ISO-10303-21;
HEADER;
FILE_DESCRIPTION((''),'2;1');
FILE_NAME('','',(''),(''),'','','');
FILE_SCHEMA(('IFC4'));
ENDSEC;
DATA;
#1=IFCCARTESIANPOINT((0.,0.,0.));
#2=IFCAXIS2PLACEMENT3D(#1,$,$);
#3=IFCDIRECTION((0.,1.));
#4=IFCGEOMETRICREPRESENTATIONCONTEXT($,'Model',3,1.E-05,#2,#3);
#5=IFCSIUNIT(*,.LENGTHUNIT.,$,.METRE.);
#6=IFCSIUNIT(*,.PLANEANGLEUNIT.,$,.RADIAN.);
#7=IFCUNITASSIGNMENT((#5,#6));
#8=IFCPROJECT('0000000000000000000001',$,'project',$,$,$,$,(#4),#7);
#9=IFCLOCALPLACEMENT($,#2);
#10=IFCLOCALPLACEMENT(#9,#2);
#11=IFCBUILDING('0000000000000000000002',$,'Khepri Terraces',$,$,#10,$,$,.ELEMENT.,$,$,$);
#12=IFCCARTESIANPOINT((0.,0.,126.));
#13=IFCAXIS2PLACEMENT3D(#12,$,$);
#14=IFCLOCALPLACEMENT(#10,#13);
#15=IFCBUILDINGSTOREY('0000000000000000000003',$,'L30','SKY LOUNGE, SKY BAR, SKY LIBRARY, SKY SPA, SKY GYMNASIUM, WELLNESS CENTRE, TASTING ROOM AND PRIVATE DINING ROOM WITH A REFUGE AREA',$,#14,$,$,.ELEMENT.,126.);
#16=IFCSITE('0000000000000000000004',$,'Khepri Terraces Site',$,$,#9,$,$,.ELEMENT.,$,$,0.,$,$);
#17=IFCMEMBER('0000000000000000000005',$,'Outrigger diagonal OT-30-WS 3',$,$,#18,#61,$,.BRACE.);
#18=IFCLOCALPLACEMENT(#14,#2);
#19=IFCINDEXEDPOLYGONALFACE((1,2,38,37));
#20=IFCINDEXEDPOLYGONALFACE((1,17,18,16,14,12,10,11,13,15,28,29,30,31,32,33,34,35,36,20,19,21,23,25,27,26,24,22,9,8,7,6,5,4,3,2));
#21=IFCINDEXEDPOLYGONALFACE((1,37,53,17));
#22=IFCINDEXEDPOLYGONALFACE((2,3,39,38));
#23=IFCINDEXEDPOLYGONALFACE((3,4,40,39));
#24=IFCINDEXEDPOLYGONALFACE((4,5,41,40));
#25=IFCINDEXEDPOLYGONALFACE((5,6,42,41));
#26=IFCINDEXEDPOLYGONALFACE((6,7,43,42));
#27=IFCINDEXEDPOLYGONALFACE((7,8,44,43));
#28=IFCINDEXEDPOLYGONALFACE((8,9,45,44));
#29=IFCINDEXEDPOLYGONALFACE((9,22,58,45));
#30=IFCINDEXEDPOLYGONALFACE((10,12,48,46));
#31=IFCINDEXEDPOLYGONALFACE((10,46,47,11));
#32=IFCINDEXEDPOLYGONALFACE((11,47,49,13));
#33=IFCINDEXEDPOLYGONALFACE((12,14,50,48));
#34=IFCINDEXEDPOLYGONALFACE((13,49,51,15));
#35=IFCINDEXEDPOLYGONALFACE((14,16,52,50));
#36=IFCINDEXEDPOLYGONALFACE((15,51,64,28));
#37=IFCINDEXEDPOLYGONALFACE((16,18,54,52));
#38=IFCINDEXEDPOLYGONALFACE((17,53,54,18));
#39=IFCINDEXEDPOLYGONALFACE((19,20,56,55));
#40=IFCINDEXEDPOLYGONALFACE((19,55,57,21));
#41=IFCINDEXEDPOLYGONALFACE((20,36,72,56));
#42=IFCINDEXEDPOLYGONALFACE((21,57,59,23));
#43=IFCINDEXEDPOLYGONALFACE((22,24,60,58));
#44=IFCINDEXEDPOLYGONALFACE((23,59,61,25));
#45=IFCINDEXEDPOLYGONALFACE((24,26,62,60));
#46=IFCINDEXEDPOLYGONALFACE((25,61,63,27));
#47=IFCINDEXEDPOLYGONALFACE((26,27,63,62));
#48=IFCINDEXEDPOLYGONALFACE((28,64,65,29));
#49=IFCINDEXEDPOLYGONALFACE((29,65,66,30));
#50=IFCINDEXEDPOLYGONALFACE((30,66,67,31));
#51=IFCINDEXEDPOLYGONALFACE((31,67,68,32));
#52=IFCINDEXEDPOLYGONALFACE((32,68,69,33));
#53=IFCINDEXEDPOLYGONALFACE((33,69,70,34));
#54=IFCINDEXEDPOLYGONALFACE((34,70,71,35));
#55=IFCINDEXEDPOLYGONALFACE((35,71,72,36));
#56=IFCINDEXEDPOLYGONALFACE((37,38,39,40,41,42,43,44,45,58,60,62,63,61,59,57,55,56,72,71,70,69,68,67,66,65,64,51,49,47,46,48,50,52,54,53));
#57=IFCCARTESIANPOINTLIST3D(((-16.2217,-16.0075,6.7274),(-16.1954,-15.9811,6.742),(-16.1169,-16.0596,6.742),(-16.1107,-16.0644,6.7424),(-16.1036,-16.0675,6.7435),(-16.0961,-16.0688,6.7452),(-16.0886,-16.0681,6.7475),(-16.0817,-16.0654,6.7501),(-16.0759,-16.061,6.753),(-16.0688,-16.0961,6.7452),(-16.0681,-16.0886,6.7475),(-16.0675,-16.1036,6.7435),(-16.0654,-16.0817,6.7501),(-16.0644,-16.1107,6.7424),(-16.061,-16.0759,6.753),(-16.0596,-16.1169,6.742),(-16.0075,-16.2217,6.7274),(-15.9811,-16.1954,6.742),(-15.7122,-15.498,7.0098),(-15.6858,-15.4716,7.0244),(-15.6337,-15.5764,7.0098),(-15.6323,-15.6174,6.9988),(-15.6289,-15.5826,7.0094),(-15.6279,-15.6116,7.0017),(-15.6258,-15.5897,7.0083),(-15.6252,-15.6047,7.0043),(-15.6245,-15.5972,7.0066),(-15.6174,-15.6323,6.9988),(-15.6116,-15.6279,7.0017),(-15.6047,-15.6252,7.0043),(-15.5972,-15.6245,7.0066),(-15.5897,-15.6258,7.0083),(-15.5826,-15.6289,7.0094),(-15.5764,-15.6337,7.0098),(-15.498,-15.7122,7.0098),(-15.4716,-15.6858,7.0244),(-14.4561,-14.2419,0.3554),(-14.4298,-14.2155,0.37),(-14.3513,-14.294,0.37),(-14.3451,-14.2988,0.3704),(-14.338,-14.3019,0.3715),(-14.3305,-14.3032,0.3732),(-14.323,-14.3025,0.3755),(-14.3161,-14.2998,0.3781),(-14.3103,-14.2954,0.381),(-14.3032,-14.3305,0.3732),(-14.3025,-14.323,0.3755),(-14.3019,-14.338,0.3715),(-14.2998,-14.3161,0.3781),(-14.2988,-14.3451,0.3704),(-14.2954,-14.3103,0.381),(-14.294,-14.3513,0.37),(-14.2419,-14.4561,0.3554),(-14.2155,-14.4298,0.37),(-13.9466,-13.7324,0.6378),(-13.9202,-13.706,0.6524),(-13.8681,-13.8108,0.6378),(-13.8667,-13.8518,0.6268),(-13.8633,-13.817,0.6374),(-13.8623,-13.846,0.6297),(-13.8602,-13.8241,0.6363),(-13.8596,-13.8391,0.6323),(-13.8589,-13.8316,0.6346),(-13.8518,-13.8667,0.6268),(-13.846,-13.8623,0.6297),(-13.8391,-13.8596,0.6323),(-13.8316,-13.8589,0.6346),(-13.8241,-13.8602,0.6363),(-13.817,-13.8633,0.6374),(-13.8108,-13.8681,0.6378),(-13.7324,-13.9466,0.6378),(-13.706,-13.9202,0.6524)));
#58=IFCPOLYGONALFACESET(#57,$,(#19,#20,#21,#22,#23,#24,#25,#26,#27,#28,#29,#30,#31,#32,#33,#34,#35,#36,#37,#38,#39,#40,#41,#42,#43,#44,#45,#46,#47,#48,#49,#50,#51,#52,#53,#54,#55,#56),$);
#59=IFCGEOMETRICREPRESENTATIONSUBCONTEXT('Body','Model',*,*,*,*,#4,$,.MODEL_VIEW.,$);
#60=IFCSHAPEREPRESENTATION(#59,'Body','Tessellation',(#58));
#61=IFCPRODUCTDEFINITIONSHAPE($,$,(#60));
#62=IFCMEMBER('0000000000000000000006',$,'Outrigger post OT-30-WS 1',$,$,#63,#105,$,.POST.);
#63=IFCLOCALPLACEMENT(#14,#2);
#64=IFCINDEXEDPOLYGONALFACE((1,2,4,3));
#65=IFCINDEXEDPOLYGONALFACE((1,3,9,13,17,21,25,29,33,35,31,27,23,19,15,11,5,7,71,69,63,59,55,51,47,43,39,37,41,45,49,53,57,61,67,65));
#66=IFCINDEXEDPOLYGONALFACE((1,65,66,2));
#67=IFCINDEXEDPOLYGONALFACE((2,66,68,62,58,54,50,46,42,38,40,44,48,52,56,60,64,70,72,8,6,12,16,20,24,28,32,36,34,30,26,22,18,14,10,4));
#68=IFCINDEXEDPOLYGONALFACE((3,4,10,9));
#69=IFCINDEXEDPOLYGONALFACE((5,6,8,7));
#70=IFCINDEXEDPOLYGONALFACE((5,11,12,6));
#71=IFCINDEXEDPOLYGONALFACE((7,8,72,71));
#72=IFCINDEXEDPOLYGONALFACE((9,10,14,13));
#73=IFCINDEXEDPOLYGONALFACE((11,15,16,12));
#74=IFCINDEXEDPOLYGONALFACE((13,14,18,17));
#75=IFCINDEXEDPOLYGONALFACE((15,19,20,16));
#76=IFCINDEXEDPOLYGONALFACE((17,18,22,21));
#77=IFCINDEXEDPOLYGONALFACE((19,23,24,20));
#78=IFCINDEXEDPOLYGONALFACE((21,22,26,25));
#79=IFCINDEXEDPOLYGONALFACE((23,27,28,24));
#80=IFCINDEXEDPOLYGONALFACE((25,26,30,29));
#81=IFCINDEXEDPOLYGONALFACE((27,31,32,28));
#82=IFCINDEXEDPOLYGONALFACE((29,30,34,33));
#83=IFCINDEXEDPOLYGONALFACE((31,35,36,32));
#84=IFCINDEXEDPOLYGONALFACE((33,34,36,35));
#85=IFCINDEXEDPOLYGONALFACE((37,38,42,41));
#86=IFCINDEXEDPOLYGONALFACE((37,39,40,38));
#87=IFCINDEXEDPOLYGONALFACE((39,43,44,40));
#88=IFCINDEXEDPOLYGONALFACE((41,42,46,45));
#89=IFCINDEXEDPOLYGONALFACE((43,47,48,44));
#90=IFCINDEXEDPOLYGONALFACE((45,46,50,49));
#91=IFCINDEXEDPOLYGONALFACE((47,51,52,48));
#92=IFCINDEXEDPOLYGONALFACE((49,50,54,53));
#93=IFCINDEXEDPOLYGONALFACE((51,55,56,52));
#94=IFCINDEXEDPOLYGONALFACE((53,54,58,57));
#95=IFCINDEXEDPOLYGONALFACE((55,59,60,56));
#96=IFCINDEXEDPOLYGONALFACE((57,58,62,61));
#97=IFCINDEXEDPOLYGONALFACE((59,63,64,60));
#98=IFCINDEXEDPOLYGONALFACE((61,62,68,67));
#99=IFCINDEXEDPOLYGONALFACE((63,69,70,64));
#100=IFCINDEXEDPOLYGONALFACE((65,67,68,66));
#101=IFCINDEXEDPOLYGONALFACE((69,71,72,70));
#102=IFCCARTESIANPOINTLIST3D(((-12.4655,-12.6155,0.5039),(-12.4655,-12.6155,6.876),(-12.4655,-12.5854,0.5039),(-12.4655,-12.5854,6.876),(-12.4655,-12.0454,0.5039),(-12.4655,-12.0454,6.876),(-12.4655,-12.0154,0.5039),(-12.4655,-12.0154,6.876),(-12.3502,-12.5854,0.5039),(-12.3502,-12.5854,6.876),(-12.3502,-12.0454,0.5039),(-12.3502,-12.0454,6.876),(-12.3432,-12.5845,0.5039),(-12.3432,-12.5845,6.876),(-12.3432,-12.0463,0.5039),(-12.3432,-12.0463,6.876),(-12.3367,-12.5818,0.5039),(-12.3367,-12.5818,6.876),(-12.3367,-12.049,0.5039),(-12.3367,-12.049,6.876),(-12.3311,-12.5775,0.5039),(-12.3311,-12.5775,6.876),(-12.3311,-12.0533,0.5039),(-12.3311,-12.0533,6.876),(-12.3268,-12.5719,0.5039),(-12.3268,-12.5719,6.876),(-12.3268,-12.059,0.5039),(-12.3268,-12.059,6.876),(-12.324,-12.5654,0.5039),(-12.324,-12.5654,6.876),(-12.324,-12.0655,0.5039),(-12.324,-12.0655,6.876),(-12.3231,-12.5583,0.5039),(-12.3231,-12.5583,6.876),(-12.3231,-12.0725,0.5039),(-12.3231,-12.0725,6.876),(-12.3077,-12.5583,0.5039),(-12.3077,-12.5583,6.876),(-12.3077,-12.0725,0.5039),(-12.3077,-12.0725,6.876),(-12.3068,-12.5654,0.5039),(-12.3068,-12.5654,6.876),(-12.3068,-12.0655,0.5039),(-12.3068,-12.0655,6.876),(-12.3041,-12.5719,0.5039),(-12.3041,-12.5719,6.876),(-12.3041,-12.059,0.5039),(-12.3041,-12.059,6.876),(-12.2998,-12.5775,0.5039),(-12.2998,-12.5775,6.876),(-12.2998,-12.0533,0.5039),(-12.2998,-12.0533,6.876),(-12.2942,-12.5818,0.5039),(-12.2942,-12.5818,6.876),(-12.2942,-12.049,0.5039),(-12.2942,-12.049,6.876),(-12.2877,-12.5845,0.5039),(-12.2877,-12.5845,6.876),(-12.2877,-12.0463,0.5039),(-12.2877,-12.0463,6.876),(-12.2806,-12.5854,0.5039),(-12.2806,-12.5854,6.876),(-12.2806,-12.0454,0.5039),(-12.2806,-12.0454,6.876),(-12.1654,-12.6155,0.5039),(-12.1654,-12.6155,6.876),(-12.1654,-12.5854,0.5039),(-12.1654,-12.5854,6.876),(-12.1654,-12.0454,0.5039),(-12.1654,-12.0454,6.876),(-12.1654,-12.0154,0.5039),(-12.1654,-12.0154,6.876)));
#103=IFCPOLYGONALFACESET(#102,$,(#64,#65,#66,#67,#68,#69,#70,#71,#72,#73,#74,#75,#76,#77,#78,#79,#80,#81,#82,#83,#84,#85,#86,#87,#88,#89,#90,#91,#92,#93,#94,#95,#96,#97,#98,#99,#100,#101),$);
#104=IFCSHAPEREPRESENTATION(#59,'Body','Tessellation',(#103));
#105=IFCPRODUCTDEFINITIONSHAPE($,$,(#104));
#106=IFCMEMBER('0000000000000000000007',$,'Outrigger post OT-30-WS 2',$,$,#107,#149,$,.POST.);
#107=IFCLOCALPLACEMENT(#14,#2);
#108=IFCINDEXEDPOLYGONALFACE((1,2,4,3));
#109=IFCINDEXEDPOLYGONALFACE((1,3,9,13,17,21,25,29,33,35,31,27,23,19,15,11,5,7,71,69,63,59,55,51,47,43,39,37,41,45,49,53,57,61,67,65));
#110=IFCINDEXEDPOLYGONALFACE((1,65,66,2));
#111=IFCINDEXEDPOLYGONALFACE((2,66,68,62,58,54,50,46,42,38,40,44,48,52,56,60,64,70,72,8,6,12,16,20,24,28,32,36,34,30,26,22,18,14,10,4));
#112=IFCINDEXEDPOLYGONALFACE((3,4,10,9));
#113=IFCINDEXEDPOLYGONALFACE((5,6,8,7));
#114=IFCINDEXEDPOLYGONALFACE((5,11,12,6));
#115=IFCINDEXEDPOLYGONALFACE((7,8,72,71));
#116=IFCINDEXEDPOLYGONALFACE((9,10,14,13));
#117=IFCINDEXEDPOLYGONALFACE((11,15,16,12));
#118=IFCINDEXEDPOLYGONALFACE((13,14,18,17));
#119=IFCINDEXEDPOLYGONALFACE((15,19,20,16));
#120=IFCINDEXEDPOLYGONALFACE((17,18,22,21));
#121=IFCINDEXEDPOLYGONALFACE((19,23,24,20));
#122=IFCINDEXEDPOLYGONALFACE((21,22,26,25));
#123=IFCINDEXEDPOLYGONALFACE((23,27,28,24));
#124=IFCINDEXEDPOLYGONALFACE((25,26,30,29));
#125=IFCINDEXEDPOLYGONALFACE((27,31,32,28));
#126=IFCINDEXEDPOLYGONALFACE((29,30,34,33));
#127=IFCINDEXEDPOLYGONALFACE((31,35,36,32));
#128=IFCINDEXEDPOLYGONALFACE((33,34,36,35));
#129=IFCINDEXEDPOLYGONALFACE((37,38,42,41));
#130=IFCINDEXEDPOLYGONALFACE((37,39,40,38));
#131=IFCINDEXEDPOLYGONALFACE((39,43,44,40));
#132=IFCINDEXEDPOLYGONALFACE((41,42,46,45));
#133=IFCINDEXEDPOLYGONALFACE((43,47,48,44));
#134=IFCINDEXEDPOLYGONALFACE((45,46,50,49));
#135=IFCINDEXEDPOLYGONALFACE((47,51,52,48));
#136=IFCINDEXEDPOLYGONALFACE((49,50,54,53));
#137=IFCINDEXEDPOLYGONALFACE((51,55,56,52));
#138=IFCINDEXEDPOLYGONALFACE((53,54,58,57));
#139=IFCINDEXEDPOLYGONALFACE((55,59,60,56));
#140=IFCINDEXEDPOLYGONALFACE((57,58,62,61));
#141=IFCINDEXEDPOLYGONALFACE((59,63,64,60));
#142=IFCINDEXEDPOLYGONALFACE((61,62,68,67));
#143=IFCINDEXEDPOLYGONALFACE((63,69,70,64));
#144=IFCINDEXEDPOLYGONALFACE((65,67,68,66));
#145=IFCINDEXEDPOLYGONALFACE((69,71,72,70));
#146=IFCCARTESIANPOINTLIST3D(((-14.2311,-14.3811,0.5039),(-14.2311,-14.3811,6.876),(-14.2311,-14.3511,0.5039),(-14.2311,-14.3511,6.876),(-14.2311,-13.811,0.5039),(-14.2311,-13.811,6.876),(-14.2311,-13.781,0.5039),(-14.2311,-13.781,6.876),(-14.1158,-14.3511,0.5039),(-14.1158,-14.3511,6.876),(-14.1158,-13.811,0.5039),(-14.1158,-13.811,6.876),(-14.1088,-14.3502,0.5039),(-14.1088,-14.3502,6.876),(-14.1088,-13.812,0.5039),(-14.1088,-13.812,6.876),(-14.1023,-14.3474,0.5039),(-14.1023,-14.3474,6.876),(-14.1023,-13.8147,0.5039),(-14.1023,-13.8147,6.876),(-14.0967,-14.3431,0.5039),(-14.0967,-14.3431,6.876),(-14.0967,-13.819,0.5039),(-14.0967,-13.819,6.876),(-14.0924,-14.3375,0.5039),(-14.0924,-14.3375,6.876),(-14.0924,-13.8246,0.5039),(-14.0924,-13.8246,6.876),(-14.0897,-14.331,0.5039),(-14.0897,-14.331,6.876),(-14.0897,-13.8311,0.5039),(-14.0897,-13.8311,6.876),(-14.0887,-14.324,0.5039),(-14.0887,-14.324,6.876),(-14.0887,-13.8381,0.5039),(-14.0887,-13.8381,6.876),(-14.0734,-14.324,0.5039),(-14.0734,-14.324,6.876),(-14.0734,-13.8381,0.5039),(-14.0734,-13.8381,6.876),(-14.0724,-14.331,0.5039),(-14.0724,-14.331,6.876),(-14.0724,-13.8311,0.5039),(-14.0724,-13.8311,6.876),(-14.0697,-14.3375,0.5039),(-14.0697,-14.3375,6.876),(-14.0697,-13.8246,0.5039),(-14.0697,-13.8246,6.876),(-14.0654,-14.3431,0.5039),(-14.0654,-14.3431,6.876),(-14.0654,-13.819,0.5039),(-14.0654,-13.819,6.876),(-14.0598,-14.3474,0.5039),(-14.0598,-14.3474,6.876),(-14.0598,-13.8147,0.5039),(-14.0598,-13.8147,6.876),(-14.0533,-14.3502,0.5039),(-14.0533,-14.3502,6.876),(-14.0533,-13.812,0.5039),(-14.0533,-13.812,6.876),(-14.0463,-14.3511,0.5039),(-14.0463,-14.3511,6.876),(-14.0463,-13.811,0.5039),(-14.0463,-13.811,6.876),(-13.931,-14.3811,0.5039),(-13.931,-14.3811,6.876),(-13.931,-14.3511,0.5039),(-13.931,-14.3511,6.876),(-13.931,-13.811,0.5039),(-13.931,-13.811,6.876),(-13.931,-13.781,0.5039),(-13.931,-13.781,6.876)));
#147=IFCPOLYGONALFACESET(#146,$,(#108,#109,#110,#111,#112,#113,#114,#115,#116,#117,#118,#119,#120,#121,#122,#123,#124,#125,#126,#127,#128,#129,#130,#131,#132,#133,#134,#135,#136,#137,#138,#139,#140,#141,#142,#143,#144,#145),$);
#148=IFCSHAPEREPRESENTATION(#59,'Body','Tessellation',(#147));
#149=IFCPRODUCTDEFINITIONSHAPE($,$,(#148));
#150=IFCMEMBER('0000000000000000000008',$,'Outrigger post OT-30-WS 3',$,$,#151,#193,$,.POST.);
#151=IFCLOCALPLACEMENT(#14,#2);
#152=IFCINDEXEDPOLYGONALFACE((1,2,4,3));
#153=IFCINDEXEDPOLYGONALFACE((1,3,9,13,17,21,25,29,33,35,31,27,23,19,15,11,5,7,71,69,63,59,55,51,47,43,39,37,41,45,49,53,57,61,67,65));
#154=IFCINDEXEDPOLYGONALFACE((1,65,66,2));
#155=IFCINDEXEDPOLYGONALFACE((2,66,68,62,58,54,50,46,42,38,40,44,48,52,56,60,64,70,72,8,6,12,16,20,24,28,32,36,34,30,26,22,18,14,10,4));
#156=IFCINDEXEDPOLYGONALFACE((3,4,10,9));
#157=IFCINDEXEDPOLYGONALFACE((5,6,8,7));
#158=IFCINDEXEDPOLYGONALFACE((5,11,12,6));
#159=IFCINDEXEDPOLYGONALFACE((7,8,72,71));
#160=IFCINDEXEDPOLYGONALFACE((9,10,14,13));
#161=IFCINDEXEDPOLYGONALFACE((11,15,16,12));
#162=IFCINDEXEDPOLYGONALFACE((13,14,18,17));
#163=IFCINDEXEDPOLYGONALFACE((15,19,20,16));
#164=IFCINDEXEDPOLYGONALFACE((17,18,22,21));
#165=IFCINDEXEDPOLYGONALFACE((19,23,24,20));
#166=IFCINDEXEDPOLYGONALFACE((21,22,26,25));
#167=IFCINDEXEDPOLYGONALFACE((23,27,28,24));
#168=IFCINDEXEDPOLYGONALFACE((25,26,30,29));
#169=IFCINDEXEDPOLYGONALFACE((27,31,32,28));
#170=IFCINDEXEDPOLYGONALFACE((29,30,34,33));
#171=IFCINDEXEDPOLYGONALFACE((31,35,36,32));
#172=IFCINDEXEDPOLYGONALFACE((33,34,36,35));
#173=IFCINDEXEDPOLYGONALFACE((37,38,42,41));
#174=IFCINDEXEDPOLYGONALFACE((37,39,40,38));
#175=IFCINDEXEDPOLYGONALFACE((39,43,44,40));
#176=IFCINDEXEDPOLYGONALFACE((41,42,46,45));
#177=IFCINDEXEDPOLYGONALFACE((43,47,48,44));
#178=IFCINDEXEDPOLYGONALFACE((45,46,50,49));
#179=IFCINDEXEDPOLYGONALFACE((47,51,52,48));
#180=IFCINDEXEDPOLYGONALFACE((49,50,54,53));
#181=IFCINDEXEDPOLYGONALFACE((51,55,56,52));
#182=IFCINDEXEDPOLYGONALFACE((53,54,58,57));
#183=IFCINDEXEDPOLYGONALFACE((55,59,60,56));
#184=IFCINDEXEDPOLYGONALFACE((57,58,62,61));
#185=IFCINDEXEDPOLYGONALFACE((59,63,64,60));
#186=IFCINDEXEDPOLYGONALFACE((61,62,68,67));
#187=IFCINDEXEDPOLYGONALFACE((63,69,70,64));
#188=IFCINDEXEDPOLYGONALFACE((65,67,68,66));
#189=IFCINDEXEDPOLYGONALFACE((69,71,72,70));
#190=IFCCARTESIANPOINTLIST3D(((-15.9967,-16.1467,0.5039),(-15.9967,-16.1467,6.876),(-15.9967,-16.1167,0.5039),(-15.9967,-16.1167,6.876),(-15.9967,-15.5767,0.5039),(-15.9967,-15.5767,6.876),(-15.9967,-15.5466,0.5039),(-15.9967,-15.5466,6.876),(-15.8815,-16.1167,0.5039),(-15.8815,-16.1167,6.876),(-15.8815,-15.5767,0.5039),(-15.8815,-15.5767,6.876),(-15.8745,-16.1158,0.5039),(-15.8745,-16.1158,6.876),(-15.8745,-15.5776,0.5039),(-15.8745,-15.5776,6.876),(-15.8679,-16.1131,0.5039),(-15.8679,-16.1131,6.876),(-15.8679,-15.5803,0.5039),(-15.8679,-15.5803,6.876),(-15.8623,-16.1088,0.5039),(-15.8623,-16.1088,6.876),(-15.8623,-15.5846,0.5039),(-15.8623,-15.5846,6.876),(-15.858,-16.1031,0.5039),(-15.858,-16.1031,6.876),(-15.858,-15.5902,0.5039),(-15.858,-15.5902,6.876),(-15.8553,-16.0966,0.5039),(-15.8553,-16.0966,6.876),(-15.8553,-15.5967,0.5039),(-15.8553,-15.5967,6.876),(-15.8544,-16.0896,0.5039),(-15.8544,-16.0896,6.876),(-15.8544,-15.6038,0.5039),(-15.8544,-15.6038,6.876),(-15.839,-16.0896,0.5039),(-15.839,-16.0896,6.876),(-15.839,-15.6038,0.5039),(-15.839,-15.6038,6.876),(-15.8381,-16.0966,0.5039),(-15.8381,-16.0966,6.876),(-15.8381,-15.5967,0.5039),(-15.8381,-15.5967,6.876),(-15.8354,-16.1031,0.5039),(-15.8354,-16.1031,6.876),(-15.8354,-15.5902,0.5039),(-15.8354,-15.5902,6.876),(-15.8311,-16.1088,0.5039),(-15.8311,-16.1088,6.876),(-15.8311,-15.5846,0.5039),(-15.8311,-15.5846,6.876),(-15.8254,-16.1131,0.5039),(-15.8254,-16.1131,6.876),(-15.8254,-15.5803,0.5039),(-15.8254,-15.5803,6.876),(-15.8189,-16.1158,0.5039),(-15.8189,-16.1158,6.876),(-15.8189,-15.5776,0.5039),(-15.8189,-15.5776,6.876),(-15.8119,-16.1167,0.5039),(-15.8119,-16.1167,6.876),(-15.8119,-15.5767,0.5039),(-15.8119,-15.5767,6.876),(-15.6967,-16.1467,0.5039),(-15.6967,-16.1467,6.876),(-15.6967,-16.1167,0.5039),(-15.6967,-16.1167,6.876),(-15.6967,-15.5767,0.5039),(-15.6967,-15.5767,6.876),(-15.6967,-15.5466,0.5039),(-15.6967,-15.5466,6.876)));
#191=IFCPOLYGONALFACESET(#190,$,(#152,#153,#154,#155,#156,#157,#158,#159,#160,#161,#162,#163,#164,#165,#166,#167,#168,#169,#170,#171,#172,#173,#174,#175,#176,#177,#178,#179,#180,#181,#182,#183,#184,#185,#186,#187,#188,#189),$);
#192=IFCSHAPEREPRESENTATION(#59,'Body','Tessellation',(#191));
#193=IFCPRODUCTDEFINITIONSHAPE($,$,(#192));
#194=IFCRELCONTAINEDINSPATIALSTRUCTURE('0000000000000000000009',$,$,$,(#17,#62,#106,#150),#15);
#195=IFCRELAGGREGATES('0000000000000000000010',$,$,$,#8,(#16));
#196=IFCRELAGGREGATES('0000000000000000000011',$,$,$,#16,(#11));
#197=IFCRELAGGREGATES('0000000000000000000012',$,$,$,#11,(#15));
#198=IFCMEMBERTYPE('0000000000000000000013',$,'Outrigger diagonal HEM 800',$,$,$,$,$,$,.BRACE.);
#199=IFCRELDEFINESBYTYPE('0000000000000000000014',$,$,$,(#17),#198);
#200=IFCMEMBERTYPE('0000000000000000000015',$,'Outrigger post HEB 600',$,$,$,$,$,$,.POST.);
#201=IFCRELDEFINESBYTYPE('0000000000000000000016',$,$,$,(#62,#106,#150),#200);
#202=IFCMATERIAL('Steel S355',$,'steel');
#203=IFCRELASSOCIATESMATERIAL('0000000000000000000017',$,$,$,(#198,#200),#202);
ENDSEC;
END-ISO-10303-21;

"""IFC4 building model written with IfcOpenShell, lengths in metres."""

from ifc_helpers import new_model, si_unit, direction, frame, origin, origin_2d, place, context, subcontext, project, spatial, i_section, extrude, material, material_profile, profile_set, type_object, element, save


model = new_model("IFC4")

# Units and contexts
model_context = context("Model", 3, precision=1e-05, world=origin(), true_north=direction((0.0, 1.0)))
body_context = subcontext(model_context, "Body", "Model", "MODEL_VIEW")
ifc_project = project(units=[si_unit("LENGTHUNIT", "METRE"), si_unit("PLANEANGLEUNIT", "RADIAN")], contexts=[model_context])

# Site, building, storey
site_placement = place(None, origin())
site = spatial("IfcSite", under=ifc_project, at=site_placement, Name="Khepri Terraces Site", CompositionType="ELEMENT", RefElevation=0.0)
building_placement = place(site_placement, origin())
building = spatial("IfcBuilding", under=site, at=building_placement, Name="Khepri Terraces", CompositionType="ELEMENT")
storey_placement = place(building_placement, frame((0.0, 0.0, 126.0)))
storey = spatial("IfcBuildingStorey", under=building, at=storey_placement, Name="L30", Description="SKY LOUNGE, SKY BAR, SKY LIBRARY, SKY SPA, SKY GYMNASIUM, WELLNESS CENTRE, TASTING ROOM AND PRIVATE DINING ROOM WITH A REFUGE AREA", CompositionType="ELEMENT", Elevation=126.0)

# Members
ifc_material_1 = material(Name="Steel S355", Category="steel")
ifc_material_profile_1 = material_profile(ifc_material_1, i_section(OverallWidth=0.303, OverallDepth=0.814, WebThickness=0.021, FlangeThickness=0.04, FilletRadius=0.03, at=origin_2d()), Name="Steel S355", Category="steel")
ifc_profile_set_1 = profile_set([ifc_material_profile_1], Name="Steel S355")
member_type_1 = type_object("IfcMemberType", Name="Outrigger diagonal HEM 800", PredefinedType="BRACE", material=ifc_profile_set_1)
for number, where, z_axis, x_axis, name in (
    (1, (-14.0811, -14.0811, 0.5039), (-0.257987, -0.257987, 0.931067), (0.707107, -0.707107, 0.0), "Outrigger diagonal OT-30-WS 3"),
):
    element("IfcMember", number, at=place(storey_placement, frame(where, z_axis=z_axis, x_axis=x_axis)), inside=storey, type_object=member_type_1, Name=name, PredefinedType="BRACE", context=body_context, shape_type="SweptSolid", body=[
        extrude(i_section(OverallWidth=0.303, OverallDepth=0.814, WebThickness=0.021, FlangeThickness=0.04, FilletRadius=0.03, at=origin_2d()), origin(), (0.0, 0.0, 1.0), 6.8438),
    ])
ifc_material_profile_2 = material_profile(ifc_material_1, i_section(OverallWidth=0.3, OverallDepth=0.6001, WebThickness=0.0154, FlangeThickness=0.03, FilletRadius=0.0271, at=origin_2d()), Name="Steel S355", Category="steel")
ifc_profile_set_2 = profile_set([ifc_material_profile_2], Name="Steel S355")
member_type_2 = type_object("IfcMemberType", Name="Outrigger post HEB 600", PredefinedType="POST", material=ifc_profile_set_2)
for number, where, z_axis, x_axis, name in (
    (2, (-12.3154, -12.3154, 0.5039), (0.0, 0.0, 1.0), (1.0, 0.0, 0.0), "Outrigger post OT-30-WS 1"),
    (3, (-14.0811, -14.0811, 0.5039), (0.0, 0.0, 1.0), (1.0, 0.0, 0.0), "Outrigger post OT-30-WS 2"),
    (4, (-15.8467, -15.8467, 0.5039), (0.0, 0.0, 1.0), (1.0, 0.0, 0.0), "Outrigger post OT-30-WS 3"),
):
    element("IfcMember", number, at=place(storey_placement, frame(where, z_axis=z_axis, x_axis=x_axis)), inside=storey, type_object=member_type_2, Name=name, PredefinedType="POST", context=body_context, shape_type="SweptSolid", body=[
        extrude(i_section(OverallWidth=0.3, OverallDepth=0.6001, WebThickness=0.0154, FlangeThickness=0.03, FilletRadius=0.0271, at=origin_2d()), origin(), (0.0, 0.0, 1.0), 6.3721),
    ])

save(model, "model.ifc")
